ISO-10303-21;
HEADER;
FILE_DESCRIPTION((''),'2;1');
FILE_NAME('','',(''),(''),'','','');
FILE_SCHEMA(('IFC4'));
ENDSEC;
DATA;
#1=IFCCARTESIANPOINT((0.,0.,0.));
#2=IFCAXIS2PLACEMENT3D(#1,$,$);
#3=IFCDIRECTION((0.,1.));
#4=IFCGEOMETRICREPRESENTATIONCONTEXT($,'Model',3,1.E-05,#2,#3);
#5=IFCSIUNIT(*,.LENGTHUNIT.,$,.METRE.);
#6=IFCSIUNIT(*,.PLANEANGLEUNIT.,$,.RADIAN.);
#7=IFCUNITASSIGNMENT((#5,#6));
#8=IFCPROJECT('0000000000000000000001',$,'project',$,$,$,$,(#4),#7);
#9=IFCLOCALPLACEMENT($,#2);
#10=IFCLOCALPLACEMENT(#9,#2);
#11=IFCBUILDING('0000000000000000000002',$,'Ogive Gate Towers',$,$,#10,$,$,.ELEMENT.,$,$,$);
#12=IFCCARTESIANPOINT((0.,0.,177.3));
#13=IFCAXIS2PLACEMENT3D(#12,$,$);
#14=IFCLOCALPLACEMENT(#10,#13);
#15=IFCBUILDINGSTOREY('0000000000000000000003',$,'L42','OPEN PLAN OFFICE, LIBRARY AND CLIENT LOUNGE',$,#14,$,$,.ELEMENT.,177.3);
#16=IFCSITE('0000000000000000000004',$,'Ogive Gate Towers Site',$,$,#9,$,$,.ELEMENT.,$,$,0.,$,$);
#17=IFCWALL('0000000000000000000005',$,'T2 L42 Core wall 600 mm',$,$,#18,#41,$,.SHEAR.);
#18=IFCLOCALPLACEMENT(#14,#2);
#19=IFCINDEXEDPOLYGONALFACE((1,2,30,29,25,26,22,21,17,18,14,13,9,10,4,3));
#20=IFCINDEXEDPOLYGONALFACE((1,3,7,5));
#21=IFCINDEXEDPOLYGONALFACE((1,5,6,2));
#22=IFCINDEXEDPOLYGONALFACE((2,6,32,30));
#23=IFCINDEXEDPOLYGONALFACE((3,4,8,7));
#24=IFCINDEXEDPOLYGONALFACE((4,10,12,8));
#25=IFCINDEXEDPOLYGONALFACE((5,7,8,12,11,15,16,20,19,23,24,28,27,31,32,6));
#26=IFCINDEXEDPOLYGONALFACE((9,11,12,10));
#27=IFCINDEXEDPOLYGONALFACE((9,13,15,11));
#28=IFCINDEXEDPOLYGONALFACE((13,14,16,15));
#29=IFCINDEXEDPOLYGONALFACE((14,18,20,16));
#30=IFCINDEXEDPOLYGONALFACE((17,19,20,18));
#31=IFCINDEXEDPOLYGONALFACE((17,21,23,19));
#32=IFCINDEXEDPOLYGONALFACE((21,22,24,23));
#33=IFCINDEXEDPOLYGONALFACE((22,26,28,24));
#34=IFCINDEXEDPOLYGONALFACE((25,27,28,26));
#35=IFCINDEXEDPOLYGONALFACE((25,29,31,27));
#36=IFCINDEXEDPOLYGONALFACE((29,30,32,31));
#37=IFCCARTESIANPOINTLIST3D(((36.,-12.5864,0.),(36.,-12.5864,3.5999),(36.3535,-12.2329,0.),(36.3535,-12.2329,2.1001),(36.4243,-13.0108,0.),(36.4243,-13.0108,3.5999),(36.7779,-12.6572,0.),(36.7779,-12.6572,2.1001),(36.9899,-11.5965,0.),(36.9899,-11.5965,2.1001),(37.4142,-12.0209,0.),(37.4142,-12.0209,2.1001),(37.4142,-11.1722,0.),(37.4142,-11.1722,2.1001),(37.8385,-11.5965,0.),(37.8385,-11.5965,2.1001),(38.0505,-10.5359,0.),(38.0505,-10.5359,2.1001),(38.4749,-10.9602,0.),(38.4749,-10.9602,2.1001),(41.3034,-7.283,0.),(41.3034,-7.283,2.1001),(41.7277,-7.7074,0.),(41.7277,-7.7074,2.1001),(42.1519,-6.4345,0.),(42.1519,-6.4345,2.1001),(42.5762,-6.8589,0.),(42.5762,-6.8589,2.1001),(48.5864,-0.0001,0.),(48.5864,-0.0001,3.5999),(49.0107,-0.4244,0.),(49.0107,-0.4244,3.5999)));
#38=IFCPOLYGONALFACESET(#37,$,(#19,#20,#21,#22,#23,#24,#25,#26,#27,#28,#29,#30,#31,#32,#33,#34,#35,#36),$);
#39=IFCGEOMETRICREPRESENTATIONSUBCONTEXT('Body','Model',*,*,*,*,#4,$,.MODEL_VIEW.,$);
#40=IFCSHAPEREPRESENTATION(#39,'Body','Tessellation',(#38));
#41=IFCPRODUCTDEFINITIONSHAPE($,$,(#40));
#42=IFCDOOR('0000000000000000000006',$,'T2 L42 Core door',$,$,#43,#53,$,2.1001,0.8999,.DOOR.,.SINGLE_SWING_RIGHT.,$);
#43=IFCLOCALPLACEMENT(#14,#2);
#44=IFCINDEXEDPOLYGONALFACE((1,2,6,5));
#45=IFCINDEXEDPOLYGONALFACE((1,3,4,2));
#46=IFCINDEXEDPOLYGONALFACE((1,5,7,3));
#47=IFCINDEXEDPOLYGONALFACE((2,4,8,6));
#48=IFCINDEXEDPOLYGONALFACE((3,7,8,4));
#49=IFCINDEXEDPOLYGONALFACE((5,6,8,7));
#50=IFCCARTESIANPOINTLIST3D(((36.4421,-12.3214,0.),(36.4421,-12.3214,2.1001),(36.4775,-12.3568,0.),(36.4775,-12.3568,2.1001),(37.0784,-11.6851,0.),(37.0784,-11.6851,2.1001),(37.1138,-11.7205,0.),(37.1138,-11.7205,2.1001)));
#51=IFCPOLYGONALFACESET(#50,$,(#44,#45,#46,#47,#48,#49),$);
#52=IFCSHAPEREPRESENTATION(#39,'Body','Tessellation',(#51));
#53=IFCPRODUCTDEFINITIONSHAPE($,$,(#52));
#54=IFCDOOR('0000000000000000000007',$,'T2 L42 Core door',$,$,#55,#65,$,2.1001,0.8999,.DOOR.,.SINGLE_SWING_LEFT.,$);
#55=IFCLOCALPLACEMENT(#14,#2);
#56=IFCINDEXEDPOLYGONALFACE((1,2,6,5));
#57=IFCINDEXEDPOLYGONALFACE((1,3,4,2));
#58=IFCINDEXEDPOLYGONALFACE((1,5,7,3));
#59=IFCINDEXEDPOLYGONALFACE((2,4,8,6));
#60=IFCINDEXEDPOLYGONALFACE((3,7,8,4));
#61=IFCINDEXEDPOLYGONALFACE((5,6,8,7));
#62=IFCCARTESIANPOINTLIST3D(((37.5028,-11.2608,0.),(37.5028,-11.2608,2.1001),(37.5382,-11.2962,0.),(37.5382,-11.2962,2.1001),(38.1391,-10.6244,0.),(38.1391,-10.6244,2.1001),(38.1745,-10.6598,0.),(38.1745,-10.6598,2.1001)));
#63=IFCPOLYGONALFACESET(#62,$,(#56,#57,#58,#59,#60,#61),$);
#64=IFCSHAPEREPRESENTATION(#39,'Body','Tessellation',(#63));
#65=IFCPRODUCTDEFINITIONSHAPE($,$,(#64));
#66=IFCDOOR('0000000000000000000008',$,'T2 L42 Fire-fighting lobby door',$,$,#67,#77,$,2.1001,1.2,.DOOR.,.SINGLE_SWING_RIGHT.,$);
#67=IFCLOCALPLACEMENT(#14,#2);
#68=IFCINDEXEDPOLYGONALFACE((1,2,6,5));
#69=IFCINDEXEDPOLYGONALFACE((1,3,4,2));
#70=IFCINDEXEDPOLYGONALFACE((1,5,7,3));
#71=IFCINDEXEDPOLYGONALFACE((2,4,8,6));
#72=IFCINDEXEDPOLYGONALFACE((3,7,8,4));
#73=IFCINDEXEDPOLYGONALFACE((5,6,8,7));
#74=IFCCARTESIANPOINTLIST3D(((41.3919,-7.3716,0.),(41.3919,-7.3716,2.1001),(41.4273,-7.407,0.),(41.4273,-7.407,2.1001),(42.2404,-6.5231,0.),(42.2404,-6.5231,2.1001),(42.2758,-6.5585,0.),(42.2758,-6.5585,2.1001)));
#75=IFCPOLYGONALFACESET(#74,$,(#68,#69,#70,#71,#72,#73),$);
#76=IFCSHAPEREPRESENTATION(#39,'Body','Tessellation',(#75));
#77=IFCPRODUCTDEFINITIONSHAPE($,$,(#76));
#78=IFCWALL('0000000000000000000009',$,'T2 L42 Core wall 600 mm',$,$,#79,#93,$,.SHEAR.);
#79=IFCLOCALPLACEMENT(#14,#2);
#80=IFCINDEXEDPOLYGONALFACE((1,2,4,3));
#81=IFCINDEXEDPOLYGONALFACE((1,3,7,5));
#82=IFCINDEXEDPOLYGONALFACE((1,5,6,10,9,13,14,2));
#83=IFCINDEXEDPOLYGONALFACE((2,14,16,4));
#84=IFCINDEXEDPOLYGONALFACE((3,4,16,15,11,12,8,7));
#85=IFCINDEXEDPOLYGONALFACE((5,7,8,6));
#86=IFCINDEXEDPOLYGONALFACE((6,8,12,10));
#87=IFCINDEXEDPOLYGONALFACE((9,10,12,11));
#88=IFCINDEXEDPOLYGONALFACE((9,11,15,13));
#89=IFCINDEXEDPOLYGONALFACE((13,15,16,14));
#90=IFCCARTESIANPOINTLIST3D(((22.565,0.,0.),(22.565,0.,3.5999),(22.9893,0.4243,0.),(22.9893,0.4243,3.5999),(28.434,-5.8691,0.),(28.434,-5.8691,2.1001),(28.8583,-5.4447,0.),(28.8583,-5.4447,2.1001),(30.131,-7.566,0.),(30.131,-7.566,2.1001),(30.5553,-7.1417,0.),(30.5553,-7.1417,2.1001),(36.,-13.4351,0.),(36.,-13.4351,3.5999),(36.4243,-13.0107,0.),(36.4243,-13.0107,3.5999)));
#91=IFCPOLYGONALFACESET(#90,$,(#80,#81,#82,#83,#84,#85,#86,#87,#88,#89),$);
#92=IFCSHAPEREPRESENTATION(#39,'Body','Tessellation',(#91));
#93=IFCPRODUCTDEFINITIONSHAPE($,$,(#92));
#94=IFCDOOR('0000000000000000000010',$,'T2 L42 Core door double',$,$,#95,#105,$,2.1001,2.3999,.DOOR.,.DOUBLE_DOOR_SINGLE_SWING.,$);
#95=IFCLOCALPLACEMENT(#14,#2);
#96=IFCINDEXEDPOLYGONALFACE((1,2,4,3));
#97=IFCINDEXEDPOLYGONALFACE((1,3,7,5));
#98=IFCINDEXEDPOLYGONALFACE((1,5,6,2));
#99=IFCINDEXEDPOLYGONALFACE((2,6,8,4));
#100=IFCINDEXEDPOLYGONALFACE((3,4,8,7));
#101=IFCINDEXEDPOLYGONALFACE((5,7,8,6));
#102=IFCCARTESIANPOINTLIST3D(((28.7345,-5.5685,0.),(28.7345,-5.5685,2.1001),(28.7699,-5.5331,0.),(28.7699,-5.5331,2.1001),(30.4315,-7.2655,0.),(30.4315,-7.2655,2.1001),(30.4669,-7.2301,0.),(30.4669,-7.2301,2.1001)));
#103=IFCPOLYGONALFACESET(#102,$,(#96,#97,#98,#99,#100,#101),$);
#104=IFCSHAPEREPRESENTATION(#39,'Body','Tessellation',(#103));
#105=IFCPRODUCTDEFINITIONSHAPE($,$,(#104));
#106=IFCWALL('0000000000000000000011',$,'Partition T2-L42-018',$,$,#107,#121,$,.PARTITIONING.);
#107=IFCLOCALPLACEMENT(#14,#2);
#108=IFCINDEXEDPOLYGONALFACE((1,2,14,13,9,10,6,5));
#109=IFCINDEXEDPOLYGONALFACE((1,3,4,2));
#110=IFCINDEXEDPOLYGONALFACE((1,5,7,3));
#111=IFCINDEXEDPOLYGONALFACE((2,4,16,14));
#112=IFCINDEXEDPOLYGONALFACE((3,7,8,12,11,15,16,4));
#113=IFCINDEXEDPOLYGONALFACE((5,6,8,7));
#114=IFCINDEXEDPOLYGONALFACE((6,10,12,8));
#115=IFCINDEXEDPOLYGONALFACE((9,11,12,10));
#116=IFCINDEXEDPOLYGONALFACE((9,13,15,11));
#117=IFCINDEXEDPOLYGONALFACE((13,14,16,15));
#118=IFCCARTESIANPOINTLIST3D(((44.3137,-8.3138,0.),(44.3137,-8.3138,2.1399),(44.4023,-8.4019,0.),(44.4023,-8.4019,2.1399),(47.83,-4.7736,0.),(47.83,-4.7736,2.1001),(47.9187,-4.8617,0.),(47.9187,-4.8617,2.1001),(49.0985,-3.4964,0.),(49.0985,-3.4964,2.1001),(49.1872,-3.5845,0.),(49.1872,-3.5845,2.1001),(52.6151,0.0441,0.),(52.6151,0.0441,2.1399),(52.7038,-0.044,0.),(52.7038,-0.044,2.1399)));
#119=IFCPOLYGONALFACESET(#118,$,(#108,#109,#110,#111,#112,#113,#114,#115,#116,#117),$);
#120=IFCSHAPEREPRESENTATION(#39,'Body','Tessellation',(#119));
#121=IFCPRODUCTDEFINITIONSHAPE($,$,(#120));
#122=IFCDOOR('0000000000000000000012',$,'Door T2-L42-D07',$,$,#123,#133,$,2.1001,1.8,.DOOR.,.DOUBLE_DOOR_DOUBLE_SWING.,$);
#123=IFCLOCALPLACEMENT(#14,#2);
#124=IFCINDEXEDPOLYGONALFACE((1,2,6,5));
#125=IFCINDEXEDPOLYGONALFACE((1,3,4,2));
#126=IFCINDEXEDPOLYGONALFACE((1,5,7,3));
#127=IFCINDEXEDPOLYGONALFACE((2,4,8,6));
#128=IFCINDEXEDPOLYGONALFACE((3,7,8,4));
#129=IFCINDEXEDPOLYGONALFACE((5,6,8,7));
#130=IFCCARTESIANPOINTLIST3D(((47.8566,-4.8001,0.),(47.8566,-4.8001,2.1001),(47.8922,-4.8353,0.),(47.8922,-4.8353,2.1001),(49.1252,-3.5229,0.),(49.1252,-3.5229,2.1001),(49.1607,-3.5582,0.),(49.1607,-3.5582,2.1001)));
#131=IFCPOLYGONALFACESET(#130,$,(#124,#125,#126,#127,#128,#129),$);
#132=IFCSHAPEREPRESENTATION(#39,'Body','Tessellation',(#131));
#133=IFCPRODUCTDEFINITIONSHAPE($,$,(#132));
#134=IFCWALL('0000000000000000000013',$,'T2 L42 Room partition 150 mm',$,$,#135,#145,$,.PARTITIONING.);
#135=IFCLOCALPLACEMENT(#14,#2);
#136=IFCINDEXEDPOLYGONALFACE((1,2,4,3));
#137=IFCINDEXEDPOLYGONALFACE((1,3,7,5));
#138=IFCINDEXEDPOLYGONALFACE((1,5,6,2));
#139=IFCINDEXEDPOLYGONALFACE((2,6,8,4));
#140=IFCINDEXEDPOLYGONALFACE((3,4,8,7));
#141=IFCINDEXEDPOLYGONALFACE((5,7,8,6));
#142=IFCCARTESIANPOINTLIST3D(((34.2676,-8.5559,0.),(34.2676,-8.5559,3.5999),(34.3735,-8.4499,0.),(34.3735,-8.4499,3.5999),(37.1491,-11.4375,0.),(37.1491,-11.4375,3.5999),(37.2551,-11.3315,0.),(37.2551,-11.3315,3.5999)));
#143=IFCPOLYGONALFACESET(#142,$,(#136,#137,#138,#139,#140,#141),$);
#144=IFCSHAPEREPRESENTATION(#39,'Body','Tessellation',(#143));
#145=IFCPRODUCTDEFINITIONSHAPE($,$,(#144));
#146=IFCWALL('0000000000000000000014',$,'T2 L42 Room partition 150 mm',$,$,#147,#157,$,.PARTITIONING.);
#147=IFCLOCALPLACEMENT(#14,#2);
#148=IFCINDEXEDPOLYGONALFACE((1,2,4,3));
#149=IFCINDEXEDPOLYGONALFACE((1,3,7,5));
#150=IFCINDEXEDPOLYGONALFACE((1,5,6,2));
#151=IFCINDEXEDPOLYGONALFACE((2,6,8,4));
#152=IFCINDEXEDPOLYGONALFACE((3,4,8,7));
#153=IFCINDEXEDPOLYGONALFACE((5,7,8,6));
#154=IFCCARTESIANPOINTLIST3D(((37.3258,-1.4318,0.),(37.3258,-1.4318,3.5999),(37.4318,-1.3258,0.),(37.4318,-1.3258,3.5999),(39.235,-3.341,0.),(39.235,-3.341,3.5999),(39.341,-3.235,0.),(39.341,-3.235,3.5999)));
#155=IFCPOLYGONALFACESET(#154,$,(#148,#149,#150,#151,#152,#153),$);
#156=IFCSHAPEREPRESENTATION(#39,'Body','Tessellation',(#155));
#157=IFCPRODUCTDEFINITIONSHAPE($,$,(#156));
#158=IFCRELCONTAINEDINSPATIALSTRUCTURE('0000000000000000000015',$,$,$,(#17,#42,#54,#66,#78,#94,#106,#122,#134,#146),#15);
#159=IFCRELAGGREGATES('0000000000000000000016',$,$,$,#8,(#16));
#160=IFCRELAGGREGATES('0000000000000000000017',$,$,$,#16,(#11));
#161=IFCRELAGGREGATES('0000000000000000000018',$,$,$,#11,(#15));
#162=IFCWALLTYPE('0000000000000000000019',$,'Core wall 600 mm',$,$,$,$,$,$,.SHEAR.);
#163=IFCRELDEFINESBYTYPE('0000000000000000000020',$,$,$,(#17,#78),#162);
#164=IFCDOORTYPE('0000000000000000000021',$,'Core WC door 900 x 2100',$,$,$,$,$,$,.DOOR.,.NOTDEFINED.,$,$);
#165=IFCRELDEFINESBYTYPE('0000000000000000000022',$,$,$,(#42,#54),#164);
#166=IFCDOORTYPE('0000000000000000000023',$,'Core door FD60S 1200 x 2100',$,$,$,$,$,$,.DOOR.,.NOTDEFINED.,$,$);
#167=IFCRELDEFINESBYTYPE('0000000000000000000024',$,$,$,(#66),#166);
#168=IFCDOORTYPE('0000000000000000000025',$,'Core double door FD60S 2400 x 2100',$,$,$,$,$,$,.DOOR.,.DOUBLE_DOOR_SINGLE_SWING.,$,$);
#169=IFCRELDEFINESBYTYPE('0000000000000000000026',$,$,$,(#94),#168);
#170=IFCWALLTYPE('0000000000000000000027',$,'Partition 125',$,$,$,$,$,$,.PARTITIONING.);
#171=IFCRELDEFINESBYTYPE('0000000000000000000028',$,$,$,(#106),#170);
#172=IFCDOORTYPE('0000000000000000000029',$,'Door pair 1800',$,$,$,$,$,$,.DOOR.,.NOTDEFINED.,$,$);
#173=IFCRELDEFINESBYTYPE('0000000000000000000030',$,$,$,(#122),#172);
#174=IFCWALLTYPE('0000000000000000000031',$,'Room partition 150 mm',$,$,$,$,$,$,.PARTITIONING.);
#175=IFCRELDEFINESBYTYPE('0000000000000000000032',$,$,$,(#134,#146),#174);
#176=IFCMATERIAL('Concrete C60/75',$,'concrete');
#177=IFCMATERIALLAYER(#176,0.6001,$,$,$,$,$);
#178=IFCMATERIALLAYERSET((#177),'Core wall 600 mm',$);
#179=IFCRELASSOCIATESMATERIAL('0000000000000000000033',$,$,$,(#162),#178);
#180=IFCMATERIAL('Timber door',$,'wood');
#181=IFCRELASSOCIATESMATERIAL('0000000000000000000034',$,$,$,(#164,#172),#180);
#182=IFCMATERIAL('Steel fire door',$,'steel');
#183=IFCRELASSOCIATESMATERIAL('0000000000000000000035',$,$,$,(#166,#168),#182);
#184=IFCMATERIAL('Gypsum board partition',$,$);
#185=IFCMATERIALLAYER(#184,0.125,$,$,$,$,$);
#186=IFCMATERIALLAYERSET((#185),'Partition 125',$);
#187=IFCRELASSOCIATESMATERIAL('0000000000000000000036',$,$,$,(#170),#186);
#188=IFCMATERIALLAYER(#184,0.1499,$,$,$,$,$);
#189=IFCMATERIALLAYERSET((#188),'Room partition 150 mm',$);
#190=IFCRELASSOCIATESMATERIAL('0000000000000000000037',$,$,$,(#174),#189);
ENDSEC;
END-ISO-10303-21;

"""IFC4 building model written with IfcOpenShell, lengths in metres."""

from ifc_helpers import new_model, si_unit, direction, frame, frame_2d, origin, place, context, subcontext, project, spatial, rectangle, extrude, material, layer, layer_set, type_object, element, fill, save


model = new_model("IFC4")

# Units and contexts
model_context = context("Model", 3, precision=1e-05, world=origin(), true_north=direction((0.0, 1.0)))
body_context = subcontext(model_context, "Body", "Model", "MODEL_VIEW")
ifc_project = project(units=[si_unit("LENGTHUNIT", "METRE"), si_unit("PLANEANGLEUNIT", "RADIAN")], contexts=[model_context])

# Site, building, storey
site_placement = place(None, origin())
site = spatial("IfcSite", under=ifc_project, at=site_placement, Name="Ogive Gate Towers Site", CompositionType="ELEMENT", RefElevation=0.0)
building_placement = place(site_placement, origin())
building = spatial("IfcBuilding", under=site, at=building_placement, Name="Ogive Gate Towers", CompositionType="ELEMENT")
storey_placement = place(building_placement, frame((0.0, 0.0, 177.3)))
storey = spatial("IfcBuildingStorey", under=building, at=storey_placement, Name="L42", Description="OPEN PLAN OFFICE, LIBRARY AND CLIENT LOUNGE", CompositionType="ELEMENT", Elevation=177.3)

# Wall, openings, doors
ifc_material_1 = material(Name="Concrete C60/75", Category="concrete")
ifc_layer_1 = layer(ifc_material_1, 0.6001)
ifc_layer_set_1 = layer_set([ifc_layer_1], Name="Core wall 600 mm")
wall_type_1 = type_object("IfcWallType", Name="Core wall 600 mm", PredefinedType="SHEAR", material=ifc_layer_set_1)
wall_1_placement = place(storey_placement, frame((36.2122, -12.7986, 0.0), z_axis=(0.0, 0.0, 1.0), x_axis=(0.707107, 0.707107, 0.0)))
wall_1 = element("IfcWall", 1, at=wall_1_placement, inside=storey, type_object=wall_type_1, Name="T2 L42 Core wall 600 mm", PredefinedType="SHEAR", context=body_context, shape_type="SweptSolid", body=[
    extrude(rectangle(XDim=17.7998, YDim=0.6001, at=frame_2d((8.8999, 0.0))), origin(), (0.0, 0.0, 1.0), 3.5999),
])
opening_1_placement = place(wall_1_placement, frame((7.5, 0.0, 0.0)))
opening_1 = element("IfcOpeningElement", 2, at=opening_1_placement, cuts=wall_1, PredefinedType="OPENING", context=body_context, shape_type="SweptSolid", body=[
    extrude(rectangle(XDim=1.2, YDim=2.1001, at=frame_2d((0.6001, 1.05))), frame((0.0, 0.3101, 0.0), z_axis=(0.0, -1.0, 0.0), x_axis=(1.0, 0.0, 0.0)), (0.0, 0.0, 1.0), 0.6201),
])
opening_2_placement = place(wall_1_placement, frame((0.5, 0.0, 0.0)))
opening_2 = element("IfcOpeningElement", 3, at=opening_2_placement, cuts=wall_1, PredefinedType="OPENING", context=body_context, shape_type="SweptSolid", body=[
    extrude(rectangle(XDim=0.8999, YDim=2.1001, at=frame_2d((0.45, 1.05))), frame((0.0, 0.3101, 0.0), z_axis=(0.0, -1.0, 0.0), x_axis=(1.0, 0.0, 0.0)), (0.0, 0.0, 1.0), 0.6201),
])
opening_3_placement = place(wall_1_placement, frame((2.0, 0.0, 0.0)))
opening_3 = element("IfcOpeningElement", 4, at=opening_3_placement, cuts=wall_1, PredefinedType="OPENING", context=body_context, shape_type="SweptSolid", body=[
    extrude(rectangle(XDim=0.8999, YDim=2.1001, at=frame_2d((0.45, 1.05))), frame((0.0, 0.3101, 0.0), z_axis=(0.0, -1.0, 0.0), x_axis=(1.0, 0.0, 0.0)), (0.0, 0.0, 1.0), 0.6201),
])
ifc_material_2 = material(Name="Timber door", Category="wood")
door_type_1 = type_object("IfcDoorType", Name="Core WC door 900 x 2100", OperationType="NOTDEFINED", PredefinedType="DOOR", material=ifc_material_2)
door_1_placement = place(opening_2_placement, origin())
door_1 = element("IfcDoor", 5, at=door_1_placement, inside=storey, type_object=door_type_1, Name="T2 L42 Core door", OperationType="SINGLE_SWING_RIGHT", OverallHeight=2.1001, OverallWidth=0.8999, PredefinedType="DOOR", context=body_context, shape_type="SweptSolid", body=[
    extrude(rectangle(XDim=0.8999, YDim=2.1001, at=frame_2d((0.45, 1.05))), frame((0.0, 0.1748, 0.0), z_axis=(0.0, -1.0, 0.0), x_axis=(1.0, 0.0, 0.0)), (0.0, 0.0, 1.0), 0.05),
])
fill(opening_2, door_1)
door_2_placement = place(opening_3_placement, origin())
door_2 = element("IfcDoor", 6, at=door_2_placement, inside=storey, type_object=door_type_1, Name="T2 L42 Core door", OperationType="SINGLE_SWING_LEFT", OverallHeight=2.1001, OverallWidth=0.8999, PredefinedType="DOOR", context=body_context, shape_type="SweptSolid", body=[
    extrude(rectangle(XDim=0.8999, YDim=2.1001, at=frame_2d((0.45, 1.05))), frame((0.0, 0.1748, 0.0), z_axis=(0.0, -1.0, 0.0), x_axis=(1.0, 0.0, 0.0)), (0.0, 0.0, 1.0), 0.05),
])
fill(opening_3, door_2)
ifc_material_3 = material(Name="Steel fire door", Category="steel")
door_type_2 = type_object("IfcDoorType", Name="Core door FD60S 1200 x 2100", OperationType="NOTDEFINED", PredefinedType="DOOR", material=ifc_material_3)
door_3_placement = place(opening_1_placement, origin())
door_3 = element("IfcDoor", 7, at=door_3_placement, inside=storey, type_object=door_type_2, Name="T2 L42 Fire-fighting lobby door", OperationType="SINGLE_SWING_RIGHT", OverallHeight=2.1001, OverallWidth=1.2, PredefinedType="DOOR", context=body_context, shape_type="SweptSolid", body=[
    extrude(rectangle(XDim=1.2, YDim=2.1001, at=frame_2d((0.6001, 1.05))), frame((0.0, 0.1748, 0.0), z_axis=(0.0, -1.0, 0.0), x_axis=(1.0, 0.0, 0.0)), (0.0, 0.0, 1.0), 0.05),
])
fill(opening_1, door_3)

# Walls, openings, doors
wall_2_placement = place(storey_placement, frame((36.2122, -13.2229, 0.0), z_axis=(0.0, 0.0, 1.0), x_axis=(-0.707107, 0.707107, 0.0)))
wall_2 = element("IfcWall", 8, at=wall_2_placement, inside=storey, type_object=wall_type_1, Name="T2 L42 Core wall 600 mm", PredefinedType="SHEAR", context=body_context, shape_type="SweptSolid", body=[
    extrude(rectangle(XDim=19.0, YDim=0.6001, at=frame_2d((9.5, 0.0))), origin(), (0.0, 0.0, 1.0), 3.5999),
])
opening_4_placement = place(wall_2_placement, frame((8.3, 0.0, 0.0)))
opening_4 = element("IfcOpeningElement", 9, at=opening_4_placement, cuts=wall_2, PredefinedType="OPENING", context=body_context, shape_type="SweptSolid", body=[
    extrude(rectangle(XDim=2.3999, YDim=2.1001, at=frame_2d((1.2, 1.05))), frame((0.0, 0.3101, 0.0), z_axis=(0.0, -1.0, 0.0), x_axis=(1.0, 0.0, 0.0)), (0.0, 0.0, 1.0), 0.6201),
])
door_type_3 = type_object("IfcDoorType", Name="Core double door FD60S 2400 x 2100", OperationType="DOUBLE_DOOR_SINGLE_SWING", PredefinedType="DOOR", material=ifc_material_3)
door_4_placement = place(opening_4_placement, origin())
door_4 = element("IfcDoor", 10, at=door_4_placement, inside=storey, type_object=door_type_3, Name="T2 L42 Core door double", OperationType="DOUBLE_DOOR_SINGLE_SWING", OverallHeight=2.1001, OverallWidth=2.3999, PredefinedType="DOOR", context=body_context, shape_type="SweptSolid", body=[
    extrude(rectangle(XDim=2.3999, YDim=2.1001, at=frame_2d((1.2, 1.05))), frame((0.0, -0.125, 0.0), z_axis=(0.0, -1.0, 0.0), x_axis=(1.0, 0.0, 0.0)), (0.0, 0.0, 1.0), 0.05),
])
fill(opening_4, door_4)
ifc_material_4 = material(Name="Gypsum board partition")
ifc_layer_2 = layer(ifc_material_4, 0.125)
ifc_layer_set_2 = layer_set([ifc_layer_2], Name="Partition 125")
wall_type_2 = type_object("IfcWallType", Name="Partition 125", PredefinedType="PARTITIONING", material=ifc_layer_set_2)
wall_3_placement = place(storey_placement, frame((44.3579, -8.3579, 0.0), z_axis=(0.0, 0.0, 1.0), x_axis=(0.704709, 0.709496, 0.0)))
wall_3 = element("IfcWall", 11, at=wall_3_placement, inside=storey, type_object=wall_type_2, Name="Partition T2-L42-018", PredefinedType="PARTITIONING", context=body_context, shape_type="SweptSolid", body=[
    extrude(rectangle(XDim=11.78, YDim=0.125, at=frame_2d((5.8901, 0.0))), origin(), (0.0, 0.0, 1.0), 2.1399),
])
opening_5_placement = place(wall_3_placement, frame((4.99, 0.0, 0.0)))
opening_5 = element("IfcOpeningElement", 12, at=opening_5_placement, cuts=wall_3, PredefinedType="OPENING", context=body_context, shape_type="SweptSolid", body=[
    extrude(rectangle(XDim=1.8, YDim=2.1001, at=frame_2d((0.8999, 1.05))), frame((0.0, 0.0725, 0.0), z_axis=(0.0, -1.0, 0.0), x_axis=(1.0, 0.0, 0.0)), (0.0, 0.0, 1.0), 0.145),
])
door_type_4 = type_object("IfcDoorType", Name="Door pair 1800", OperationType="NOTDEFINED", PredefinedType="DOOR", material=ifc_material_2)
door_5_placement = place(opening_5_placement, origin())
door_5 = element("IfcDoor", 13, at=door_5_placement, inside=storey, type_object=door_type_4, Name="Door T2-L42-D07", OperationType="DOUBLE_DOOR_DOUBLE_SWING", OverallHeight=2.1001, OverallWidth=1.8, PredefinedType="DOOR", context=body_context, shape_type="SweptSolid", body=[
    extrude(rectangle(XDim=1.8, YDim=2.1001, at=frame_2d((0.8999, 1.05))), frame((0.0, 0.0249, 0.0), z_axis=(0.0, -1.0, 0.0), x_axis=(1.0, 0.0, 0.0)), (0.0, 0.0, 1.0), 0.05),
])
fill(opening_5, door_5)

# Walls
ifc_layer_3 = layer(ifc_material_4, 0.1499)
ifc_layer_set_3 = layer_set([ifc_layer_3], Name="Room partition 150 mm")
wall_type_3 = type_object("IfcWallType", Name="Room partition 150 mm", PredefinedType="PARTITIONING", material=ifc_layer_set_3)
wall_4_placement = place(storey_placement, frame((37.2021, -11.3845, 0.0), z_axis=(0.0, 0.0, 1.0), x_axis=(-0.707107, 0.707107, 0.0)))
element("IfcWall", 14, at=wall_4_placement, inside=storey, type_object=wall_type_3, Name="T2 L42 Room partition 150 mm", PredefinedType="PARTITIONING", context=body_context, shape_type="SweptSolid", body=[
    extrude(rectangle(XDim=4.0752, YDim=0.1499, at=frame_2d((2.0376, 0.0))), origin(), (0.0, 0.0, 1.0), 3.5999),
])
wall_5_placement = place(storey_placement, frame((39.2881, -3.2881, 0.0), z_axis=(0.0, 0.0, 1.0), x_axis=(-0.707107, 0.707107, 0.0)))
element("IfcWall", 15, at=wall_5_placement, inside=storey, type_object=wall_type_3, Name="T2 L42 Room partition 150 mm", PredefinedType="PARTITIONING", context=body_context, shape_type="SweptSolid", body=[
    extrude(rectangle(XDim=2.7, YDim=0.1499, at=frame_2d((1.3501, 0.0))), origin(), (0.0, 0.0, 1.0), 3.5999),
])

save(model, "model.ifc")
